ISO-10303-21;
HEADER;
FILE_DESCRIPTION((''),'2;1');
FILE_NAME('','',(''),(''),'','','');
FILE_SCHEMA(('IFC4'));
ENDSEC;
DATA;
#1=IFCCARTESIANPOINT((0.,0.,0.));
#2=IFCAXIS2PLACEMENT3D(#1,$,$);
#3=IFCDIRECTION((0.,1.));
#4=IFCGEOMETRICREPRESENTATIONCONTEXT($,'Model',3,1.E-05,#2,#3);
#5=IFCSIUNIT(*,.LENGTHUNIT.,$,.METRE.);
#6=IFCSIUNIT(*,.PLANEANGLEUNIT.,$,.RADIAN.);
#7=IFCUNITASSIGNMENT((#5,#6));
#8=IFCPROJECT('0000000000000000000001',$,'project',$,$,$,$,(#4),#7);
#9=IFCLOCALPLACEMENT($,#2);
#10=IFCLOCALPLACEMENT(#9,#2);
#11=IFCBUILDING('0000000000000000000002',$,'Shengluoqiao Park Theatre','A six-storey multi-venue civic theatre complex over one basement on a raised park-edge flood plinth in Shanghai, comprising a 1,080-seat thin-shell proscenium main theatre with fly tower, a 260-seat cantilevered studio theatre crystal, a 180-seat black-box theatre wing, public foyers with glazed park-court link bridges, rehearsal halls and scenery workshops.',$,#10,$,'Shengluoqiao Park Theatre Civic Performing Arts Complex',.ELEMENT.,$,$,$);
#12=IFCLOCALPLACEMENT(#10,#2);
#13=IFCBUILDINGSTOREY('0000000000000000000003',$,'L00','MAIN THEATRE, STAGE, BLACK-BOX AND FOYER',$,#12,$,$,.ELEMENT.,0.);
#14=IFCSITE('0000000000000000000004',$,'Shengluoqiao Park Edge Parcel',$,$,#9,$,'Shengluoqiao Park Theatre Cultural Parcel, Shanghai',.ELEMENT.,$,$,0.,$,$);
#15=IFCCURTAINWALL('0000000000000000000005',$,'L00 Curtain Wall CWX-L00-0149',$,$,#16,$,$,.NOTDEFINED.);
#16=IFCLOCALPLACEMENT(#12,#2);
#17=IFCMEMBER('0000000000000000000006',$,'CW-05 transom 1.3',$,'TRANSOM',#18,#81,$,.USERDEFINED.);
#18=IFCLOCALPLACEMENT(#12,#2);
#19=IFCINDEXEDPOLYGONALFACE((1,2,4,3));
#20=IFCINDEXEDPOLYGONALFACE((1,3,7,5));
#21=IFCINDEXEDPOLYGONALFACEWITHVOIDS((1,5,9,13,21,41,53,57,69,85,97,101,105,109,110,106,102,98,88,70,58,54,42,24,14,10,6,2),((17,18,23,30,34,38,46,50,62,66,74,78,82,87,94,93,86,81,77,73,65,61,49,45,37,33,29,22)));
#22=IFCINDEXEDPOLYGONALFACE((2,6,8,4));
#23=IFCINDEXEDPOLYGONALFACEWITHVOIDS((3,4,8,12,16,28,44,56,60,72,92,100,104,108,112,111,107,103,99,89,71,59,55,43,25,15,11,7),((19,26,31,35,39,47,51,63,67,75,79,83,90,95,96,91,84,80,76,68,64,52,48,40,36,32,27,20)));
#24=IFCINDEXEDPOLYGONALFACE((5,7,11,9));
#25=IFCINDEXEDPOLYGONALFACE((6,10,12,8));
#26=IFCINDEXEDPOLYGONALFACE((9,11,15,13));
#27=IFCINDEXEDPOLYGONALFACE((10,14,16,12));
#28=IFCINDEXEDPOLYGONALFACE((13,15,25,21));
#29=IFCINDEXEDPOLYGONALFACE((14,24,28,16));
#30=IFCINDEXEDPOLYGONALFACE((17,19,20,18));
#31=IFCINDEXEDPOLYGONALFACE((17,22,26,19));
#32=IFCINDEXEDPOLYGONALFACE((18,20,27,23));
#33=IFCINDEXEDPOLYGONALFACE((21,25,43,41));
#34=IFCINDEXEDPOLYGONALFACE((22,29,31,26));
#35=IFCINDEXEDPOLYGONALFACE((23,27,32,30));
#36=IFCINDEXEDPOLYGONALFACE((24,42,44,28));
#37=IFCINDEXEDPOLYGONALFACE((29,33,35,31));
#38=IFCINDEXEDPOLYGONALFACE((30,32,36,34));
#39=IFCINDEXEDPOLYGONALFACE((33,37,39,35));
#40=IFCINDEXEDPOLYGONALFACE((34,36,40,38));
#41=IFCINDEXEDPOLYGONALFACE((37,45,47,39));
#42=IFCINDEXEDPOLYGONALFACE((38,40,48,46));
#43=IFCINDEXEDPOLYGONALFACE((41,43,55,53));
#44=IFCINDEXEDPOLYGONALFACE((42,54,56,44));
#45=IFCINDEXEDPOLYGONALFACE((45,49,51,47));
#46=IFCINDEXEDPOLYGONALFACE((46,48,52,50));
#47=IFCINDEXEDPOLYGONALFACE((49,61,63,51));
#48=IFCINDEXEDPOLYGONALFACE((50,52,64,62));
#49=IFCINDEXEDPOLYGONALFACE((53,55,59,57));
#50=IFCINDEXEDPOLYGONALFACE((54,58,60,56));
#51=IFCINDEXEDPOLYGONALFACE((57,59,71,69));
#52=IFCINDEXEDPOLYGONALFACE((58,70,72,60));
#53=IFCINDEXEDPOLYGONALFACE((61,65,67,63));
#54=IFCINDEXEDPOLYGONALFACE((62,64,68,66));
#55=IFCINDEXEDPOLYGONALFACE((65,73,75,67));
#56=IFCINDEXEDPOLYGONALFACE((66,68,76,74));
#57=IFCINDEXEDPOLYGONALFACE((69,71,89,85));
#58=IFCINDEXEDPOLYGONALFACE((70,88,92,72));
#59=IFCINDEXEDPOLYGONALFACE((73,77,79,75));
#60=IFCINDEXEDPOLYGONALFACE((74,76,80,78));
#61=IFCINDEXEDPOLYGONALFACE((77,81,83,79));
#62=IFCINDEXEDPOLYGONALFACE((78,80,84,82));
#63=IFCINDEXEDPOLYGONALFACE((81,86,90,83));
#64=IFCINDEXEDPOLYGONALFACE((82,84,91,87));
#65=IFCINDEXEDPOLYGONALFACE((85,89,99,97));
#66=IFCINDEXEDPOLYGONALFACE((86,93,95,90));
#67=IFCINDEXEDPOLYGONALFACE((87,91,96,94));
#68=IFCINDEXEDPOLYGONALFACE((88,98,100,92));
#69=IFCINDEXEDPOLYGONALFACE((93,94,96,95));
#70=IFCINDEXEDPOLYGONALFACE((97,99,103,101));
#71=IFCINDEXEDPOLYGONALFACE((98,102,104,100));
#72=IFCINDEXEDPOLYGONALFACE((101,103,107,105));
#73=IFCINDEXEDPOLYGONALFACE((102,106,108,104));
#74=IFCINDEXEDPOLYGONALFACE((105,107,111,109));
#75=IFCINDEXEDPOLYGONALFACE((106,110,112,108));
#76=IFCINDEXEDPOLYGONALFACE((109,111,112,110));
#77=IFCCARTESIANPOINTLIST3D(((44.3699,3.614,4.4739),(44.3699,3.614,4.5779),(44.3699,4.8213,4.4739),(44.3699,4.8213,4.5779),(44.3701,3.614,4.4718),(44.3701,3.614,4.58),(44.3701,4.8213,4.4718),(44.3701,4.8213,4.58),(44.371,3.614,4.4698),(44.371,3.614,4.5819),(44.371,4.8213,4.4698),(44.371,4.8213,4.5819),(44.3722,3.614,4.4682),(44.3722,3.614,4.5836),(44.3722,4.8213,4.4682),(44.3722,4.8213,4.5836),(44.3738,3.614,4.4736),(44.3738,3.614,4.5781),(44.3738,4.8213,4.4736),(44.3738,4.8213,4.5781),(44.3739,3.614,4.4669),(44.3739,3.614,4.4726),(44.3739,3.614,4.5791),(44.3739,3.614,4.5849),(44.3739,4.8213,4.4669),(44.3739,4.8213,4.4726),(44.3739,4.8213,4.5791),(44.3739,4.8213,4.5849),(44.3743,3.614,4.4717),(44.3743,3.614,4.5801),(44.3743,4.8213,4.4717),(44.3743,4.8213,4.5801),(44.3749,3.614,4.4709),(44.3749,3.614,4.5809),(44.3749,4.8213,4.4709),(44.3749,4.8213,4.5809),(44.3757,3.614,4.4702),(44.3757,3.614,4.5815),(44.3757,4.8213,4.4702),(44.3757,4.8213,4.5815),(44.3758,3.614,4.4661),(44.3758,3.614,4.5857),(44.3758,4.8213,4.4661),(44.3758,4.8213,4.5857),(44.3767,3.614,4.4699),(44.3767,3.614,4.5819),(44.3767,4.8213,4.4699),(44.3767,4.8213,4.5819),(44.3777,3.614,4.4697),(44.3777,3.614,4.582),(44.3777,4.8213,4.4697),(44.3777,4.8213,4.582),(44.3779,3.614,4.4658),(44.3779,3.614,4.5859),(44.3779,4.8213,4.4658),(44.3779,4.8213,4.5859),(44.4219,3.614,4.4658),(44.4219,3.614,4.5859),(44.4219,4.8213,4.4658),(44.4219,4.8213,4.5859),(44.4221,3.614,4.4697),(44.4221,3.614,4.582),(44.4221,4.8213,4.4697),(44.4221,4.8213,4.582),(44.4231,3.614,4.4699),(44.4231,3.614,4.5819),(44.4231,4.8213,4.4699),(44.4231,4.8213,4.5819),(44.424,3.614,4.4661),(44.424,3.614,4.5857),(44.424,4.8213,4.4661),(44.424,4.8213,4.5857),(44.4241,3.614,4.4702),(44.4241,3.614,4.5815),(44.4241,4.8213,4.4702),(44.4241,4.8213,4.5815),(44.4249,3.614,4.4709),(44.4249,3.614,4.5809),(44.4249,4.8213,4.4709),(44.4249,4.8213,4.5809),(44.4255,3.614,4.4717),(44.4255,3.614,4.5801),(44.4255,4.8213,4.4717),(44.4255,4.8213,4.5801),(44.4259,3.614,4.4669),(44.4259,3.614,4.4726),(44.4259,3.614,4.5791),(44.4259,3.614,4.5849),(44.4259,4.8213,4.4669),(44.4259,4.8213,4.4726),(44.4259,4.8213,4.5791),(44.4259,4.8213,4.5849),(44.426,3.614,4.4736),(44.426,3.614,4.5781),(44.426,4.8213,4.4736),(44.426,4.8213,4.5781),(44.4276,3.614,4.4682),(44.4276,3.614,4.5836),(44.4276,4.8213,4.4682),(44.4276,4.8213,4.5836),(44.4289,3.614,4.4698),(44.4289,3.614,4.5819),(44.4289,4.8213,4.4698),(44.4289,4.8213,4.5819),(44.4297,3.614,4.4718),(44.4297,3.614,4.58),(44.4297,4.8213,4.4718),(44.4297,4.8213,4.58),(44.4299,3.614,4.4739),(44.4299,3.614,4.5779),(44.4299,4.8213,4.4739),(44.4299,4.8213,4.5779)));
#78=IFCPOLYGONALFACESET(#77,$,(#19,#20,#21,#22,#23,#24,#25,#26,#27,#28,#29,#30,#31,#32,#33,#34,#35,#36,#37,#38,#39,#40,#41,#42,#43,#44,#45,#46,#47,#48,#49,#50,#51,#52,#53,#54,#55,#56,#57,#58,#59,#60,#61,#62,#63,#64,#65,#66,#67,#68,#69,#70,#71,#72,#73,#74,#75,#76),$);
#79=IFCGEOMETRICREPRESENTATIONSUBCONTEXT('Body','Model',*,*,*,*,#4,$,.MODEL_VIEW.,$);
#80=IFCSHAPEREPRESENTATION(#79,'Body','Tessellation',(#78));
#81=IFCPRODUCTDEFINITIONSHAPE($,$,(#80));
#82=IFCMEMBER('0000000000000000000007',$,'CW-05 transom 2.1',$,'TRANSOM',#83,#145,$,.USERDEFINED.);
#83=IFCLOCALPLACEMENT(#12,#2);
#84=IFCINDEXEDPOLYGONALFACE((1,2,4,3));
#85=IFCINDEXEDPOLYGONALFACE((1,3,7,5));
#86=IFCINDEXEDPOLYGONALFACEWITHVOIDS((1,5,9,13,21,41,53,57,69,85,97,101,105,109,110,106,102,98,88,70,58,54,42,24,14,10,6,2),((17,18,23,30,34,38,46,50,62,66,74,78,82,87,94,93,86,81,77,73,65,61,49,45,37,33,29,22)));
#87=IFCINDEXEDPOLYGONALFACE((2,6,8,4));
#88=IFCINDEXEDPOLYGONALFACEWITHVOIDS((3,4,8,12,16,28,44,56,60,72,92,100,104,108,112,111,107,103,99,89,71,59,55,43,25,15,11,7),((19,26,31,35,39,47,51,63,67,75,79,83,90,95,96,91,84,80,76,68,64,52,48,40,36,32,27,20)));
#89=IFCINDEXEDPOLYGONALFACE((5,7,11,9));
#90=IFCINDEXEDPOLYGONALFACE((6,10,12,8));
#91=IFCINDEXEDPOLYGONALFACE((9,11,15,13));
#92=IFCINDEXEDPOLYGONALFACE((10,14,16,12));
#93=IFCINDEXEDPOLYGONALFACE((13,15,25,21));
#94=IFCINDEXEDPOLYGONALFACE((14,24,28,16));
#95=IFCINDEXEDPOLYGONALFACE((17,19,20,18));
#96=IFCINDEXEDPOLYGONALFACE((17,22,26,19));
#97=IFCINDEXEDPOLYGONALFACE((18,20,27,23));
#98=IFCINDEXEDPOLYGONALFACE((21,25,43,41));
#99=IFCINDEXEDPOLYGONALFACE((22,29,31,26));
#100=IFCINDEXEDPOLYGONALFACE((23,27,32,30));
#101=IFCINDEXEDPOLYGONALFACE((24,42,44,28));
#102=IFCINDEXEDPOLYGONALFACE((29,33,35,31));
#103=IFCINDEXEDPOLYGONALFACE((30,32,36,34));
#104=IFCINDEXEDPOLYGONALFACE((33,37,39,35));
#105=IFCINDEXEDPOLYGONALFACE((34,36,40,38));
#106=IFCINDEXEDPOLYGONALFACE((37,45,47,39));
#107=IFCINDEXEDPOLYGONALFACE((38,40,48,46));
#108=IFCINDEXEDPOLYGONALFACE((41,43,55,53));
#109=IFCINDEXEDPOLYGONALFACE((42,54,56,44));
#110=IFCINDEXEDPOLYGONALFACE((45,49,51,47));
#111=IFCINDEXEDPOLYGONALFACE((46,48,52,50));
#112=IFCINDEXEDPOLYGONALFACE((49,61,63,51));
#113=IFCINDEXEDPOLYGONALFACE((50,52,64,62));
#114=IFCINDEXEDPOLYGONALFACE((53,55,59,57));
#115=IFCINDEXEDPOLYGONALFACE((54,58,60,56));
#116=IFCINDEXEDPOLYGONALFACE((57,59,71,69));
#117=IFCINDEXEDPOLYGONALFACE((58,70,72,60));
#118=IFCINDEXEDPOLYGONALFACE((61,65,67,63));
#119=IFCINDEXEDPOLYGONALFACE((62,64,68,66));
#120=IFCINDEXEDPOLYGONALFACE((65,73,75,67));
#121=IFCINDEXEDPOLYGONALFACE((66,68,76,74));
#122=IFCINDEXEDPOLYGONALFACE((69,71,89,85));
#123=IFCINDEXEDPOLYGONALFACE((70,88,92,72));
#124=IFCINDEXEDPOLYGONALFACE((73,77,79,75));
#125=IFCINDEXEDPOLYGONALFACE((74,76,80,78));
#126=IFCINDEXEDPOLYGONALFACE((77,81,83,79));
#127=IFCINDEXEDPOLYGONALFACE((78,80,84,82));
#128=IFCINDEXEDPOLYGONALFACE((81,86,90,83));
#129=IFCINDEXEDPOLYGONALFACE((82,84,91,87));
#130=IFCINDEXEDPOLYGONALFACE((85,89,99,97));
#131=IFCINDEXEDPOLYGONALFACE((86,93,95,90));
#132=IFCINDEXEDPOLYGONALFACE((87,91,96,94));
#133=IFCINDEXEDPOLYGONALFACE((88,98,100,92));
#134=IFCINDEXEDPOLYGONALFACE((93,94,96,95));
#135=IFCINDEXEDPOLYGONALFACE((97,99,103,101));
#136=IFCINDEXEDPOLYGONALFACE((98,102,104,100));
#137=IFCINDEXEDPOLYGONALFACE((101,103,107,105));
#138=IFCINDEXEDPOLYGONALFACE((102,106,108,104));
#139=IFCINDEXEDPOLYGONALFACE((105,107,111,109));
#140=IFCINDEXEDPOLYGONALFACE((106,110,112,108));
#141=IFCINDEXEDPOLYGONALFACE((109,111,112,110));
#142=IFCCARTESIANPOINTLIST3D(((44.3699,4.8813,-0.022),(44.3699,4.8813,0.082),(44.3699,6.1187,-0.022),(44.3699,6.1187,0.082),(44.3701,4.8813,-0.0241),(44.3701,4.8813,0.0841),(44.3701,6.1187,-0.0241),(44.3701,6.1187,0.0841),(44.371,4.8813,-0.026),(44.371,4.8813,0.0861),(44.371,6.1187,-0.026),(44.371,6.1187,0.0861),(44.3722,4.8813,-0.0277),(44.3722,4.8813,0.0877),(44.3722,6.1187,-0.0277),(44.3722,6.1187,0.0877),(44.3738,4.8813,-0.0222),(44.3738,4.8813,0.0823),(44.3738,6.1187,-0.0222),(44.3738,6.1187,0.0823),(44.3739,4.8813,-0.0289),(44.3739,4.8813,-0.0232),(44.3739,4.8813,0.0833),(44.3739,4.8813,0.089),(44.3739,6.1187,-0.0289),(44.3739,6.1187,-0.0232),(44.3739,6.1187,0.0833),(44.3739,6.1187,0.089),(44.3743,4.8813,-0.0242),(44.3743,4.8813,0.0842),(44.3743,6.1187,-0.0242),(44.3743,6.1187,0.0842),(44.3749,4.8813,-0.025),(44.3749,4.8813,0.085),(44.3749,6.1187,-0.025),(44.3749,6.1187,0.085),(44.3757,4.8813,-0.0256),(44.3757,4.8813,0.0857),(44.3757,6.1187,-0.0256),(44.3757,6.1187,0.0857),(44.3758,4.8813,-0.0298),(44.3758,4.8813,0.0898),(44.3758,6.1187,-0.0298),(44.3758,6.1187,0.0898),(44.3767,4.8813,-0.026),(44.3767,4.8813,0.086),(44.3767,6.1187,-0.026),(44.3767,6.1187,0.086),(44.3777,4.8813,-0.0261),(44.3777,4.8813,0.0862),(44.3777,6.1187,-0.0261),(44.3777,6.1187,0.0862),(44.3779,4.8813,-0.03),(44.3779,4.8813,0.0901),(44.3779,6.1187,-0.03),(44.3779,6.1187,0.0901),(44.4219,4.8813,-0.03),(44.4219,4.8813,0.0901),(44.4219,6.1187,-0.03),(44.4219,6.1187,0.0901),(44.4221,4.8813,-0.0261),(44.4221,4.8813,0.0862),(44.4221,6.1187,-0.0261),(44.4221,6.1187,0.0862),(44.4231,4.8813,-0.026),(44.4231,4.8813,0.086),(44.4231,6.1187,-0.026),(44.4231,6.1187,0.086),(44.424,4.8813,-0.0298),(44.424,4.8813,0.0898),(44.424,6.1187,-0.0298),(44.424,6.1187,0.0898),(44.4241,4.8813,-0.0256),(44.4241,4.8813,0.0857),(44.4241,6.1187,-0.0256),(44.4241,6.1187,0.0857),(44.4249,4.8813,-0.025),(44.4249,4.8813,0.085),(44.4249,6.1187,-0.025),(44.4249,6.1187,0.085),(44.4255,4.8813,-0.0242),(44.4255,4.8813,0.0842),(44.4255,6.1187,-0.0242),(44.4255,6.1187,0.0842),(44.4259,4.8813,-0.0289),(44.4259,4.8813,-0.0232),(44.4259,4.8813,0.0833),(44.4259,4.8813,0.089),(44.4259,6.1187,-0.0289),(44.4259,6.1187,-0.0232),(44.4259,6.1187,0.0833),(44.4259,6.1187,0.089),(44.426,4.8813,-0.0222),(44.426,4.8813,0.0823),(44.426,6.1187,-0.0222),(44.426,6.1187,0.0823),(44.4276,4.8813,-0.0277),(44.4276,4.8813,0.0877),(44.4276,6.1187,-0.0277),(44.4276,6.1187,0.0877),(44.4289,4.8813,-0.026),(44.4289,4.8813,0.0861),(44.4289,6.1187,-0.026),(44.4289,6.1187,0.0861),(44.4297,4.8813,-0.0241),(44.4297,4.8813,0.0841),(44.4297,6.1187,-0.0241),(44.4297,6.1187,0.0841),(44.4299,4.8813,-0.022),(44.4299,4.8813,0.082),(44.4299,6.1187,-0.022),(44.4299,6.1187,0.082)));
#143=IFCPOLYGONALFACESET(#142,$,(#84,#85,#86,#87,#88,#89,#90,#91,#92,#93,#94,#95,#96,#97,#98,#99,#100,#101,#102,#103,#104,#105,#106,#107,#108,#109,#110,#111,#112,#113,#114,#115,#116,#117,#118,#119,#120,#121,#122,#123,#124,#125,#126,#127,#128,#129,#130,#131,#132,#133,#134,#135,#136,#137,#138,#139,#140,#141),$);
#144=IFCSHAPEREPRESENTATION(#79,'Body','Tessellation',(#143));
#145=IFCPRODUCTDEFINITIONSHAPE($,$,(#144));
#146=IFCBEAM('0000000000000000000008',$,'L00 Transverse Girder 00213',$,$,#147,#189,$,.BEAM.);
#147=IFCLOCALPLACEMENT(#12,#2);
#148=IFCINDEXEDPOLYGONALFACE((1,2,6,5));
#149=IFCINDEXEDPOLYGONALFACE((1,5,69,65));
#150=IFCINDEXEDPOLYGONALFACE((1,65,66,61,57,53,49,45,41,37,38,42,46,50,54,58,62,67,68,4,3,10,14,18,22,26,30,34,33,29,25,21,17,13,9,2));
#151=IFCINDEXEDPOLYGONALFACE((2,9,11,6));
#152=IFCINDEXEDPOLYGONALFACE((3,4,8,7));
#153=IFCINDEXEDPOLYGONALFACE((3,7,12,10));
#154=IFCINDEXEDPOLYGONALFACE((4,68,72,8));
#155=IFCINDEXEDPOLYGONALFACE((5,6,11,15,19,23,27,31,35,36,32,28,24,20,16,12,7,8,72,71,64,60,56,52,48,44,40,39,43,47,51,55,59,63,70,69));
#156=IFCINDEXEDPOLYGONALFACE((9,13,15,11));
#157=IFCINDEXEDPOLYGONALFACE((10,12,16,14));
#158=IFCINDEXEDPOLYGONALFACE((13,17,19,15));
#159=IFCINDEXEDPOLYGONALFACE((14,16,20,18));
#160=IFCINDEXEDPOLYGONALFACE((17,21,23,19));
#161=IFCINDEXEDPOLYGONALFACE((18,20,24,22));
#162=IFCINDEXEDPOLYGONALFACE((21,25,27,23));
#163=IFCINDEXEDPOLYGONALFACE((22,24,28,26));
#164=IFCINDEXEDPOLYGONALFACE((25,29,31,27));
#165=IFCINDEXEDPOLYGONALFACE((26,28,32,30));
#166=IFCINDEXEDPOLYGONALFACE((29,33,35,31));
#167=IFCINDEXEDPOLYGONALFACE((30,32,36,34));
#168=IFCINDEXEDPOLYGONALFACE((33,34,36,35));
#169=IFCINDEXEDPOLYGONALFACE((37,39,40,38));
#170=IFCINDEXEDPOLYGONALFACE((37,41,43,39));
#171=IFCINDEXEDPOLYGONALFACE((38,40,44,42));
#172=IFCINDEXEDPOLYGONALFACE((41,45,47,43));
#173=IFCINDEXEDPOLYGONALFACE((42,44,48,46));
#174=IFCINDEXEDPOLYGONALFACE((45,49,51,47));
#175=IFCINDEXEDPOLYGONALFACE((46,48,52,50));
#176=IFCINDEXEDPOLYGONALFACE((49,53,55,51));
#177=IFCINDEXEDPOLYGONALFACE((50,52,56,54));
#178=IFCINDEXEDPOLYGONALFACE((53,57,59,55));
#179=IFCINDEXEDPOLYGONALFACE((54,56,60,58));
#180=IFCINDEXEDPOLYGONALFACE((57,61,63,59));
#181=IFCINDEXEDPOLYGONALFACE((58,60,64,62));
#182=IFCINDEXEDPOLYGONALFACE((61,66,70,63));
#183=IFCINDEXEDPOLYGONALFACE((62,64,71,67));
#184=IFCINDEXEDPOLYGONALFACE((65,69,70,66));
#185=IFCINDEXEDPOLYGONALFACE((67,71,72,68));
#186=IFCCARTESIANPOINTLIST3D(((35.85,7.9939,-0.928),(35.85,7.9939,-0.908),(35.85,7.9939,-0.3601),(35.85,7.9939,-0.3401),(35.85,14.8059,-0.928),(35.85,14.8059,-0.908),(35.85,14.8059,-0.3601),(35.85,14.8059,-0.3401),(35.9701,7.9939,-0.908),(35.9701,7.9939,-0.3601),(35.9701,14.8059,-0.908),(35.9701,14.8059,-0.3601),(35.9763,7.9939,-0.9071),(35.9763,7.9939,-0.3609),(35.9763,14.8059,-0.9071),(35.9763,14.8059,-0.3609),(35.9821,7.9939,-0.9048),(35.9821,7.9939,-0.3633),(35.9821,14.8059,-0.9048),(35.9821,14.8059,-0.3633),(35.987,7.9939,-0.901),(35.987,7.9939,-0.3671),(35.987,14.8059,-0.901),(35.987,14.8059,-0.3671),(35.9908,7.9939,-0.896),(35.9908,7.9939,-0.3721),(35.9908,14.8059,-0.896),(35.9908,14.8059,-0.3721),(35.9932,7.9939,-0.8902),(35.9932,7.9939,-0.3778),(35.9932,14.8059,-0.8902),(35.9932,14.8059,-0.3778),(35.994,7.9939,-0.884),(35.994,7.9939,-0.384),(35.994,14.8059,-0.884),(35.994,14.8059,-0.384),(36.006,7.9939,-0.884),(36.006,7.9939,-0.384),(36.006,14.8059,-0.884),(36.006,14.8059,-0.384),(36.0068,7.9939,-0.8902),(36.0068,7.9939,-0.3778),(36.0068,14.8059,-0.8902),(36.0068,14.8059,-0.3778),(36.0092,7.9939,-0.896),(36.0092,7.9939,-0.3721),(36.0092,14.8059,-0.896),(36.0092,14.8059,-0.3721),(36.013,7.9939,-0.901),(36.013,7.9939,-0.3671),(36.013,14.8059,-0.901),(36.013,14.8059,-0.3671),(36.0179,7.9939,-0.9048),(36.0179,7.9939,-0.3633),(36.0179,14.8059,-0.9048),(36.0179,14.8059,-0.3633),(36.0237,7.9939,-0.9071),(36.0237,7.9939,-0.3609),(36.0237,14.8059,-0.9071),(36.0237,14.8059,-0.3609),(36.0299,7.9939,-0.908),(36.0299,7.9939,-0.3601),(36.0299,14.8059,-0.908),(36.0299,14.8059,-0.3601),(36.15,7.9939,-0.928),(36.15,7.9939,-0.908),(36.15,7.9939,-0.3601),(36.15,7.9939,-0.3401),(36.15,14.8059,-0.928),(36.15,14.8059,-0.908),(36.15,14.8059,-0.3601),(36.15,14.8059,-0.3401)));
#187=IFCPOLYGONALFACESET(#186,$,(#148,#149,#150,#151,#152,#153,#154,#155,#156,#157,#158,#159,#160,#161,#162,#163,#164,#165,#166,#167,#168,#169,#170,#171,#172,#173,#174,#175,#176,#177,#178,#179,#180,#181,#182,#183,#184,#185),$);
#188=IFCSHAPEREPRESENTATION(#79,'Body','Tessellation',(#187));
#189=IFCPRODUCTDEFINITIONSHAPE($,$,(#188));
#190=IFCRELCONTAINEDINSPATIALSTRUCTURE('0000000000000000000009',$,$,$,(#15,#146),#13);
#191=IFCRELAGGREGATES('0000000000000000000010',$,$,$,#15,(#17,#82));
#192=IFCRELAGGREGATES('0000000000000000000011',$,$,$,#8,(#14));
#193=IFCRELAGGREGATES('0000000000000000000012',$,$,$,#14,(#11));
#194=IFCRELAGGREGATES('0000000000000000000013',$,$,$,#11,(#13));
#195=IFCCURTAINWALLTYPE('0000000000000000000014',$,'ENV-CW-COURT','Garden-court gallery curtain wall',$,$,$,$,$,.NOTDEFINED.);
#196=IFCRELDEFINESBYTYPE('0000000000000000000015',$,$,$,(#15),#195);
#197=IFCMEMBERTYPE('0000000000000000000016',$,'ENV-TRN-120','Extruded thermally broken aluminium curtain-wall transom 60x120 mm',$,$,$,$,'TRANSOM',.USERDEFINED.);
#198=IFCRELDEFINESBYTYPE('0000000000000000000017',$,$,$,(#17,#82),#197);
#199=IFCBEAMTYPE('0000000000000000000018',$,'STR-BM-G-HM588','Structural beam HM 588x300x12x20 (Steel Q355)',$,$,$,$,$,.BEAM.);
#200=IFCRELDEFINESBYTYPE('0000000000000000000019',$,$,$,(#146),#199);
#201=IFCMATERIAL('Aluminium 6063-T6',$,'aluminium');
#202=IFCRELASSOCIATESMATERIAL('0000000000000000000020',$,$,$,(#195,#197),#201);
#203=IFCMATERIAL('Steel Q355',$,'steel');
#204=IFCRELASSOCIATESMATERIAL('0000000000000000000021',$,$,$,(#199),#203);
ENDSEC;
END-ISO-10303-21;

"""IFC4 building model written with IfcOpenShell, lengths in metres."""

from ifc_helpers import new_model, si_unit, direction, frame, origin, origin_2d, place, context, subcontext, project, spatial, hollow_rectangle, i_section, extrude, material, material_profile, profile_set, type_object, element, aggregate, save


model = new_model("IFC4")

# Units and contexts
model_context = context("Model", 3, precision=1e-05, world=origin(), true_north=direction((0.0, 1.0)))
body_context = subcontext(model_context, "Body", "Model", "MODEL_VIEW")
ifc_project = project(units=[si_unit("LENGTHUNIT", "METRE"), si_unit("PLANEANGLEUNIT", "RADIAN")], contexts=[model_context])

# Site, building, storey
site_placement = place(None, origin())
site = spatial("IfcSite", under=ifc_project, at=site_placement, Name="Shengluoqiao Park Edge Parcel", LongName="Shengluoqiao Park Theatre Cultural Parcel, Shanghai", CompositionType="ELEMENT", RefElevation=0.0)
building_placement = place(site_placement, origin())
building = spatial("IfcBuilding", under=site, at=building_placement, Name="Shengluoqiao Park Theatre", Description="A six-storey multi-venue civic theatre complex over one basement on a raised park-edge flood plinth in Shanghai, comprising a 1,080-seat thin-shell proscenium main theatre with fly tower, a 260-seat cantilevered studio theatre crystal, a 180-seat black-box theatre wing, public foyers with glazed park-court link bridges, rehearsal halls and scenery workshops.", LongName="Shengluoqiao Park Theatre Civic Performing Arts Complex", CompositionType="ELEMENT")
storey_placement = place(building_placement, origin())
storey = spatial("IfcBuildingStorey", under=building, at=storey_placement, Name="L00", Description="MAIN THEATRE, STAGE, BLACK-BOX AND FOYER", CompositionType="ELEMENT", Elevation=0.0)

# Shared definitions
ifc_material_1 = material(Name="Steel Q355", Category="steel")

# Curtain wall, members
ifc_material_2 = material(Name="Aluminium 6063-T6", Category="aluminium")
curtain_wall_type = type_object("IfcCurtainWallType", Name="ENV-CW-COURT", Description="Garden-court gallery curtain wall", PredefinedType="NOTDEFINED", material=ifc_material_2)
curtain_wall_placement = place(storey_placement, origin())
curtain_wall = element("IfcCurtainWall", 1, at=curtain_wall_placement, inside=storey, type_object=curtain_wall_type, Name="L00 Curtain Wall CWX-L00-0149", PredefinedType="NOTDEFINED")
ifc_material_profile_1 = material_profile(ifc_material_2, hollow_rectangle(XDim=0.0601, YDim=0.1201, WallThickness=0.0039, InnerFilletRadius=0.0039, OuterFilletRadius=0.0081, at=origin_2d()), Name="ALU TRANSOM 120x60x4")
ifc_profile_set_1 = profile_set([ifc_material_profile_1], Name="Aluminium 6063-T6")
member_type_1 = type_object("IfcMemberType", Name="ENV-TRN-120", Description="Extruded thermally broken aluminium curtain-wall transom 60x120 mm", ElementType="TRANSOM", PredefinedType="USERDEFINED", material=ifc_profile_set_1)
member_1_placement = place(storey_placement, frame((44.3999, 3.614, 4.5259), z_axis=(0.0, 1.0, 0.0), x_axis=(-1.0, 0.0, 0.0)))
member_1 = element("IfcMember", 2, at=member_1_placement, type_object=member_type_1, Name="CW-05 transom 1.3", ObjectType="TRANSOM", PredefinedType="USERDEFINED", context=body_context, shape_type="SweptSolid", body=[
    extrude(hollow_rectangle(XDim=0.0601, YDim=0.1201, WallThickness=0.0039, InnerFilletRadius=0.0039, OuterFilletRadius=0.0081, at=origin_2d()), origin(), (0.0, 0.0, 1.0), 1.2073),
])
member_2_placement = place(storey_placement, frame((44.3999, 4.8813, 0.03), z_axis=(0.0, 1.0, 0.0), x_axis=(-1.0, 0.0, 0.0)))
member_2 = element("IfcMember", 3, at=member_2_placement, type_object=member_type_1, Name="CW-05 transom 2.1", ObjectType="TRANSOM", PredefinedType="USERDEFINED", context=body_context, shape_type="SweptSolid", body=[
    extrude(hollow_rectangle(XDim=0.0601, YDim=0.1201, WallThickness=0.0039, InnerFilletRadius=0.0039, OuterFilletRadius=0.0081, at=origin_2d()), origin(), (0.0, 0.0, 1.0), 1.2373),
])

# Beam
ifc_material_profile_2 = material_profile(ifc_material_1, i_section(OverallWidth=0.3, OverallDepth=0.5879, WebThickness=0.012, FlangeThickness=0.02, FilletRadius=0.0239, at=origin_2d()), Name="HM 588x300x12x20")
ifc_profile_set_2 = profile_set([ifc_material_profile_2], Name="Steel Q355")
beam_type_1 = type_object("IfcBeamType", Name="STR-BM-G-HM588", Description="Structural beam HM 588x300x12x20 (Steel Q355)", PredefinedType="BEAM", material=ifc_profile_set_2)
beam_1_placement = place(storey_placement, frame((36.0, 7.9939, -0.634), z_axis=(0.0, 1.0, 0.0), x_axis=(-1.0, 0.0, 0.0)))
element("IfcBeam", 4, at=beam_1_placement, inside=storey, type_object=beam_type_1, Name="L00 Transverse Girder 00213", PredefinedType="BEAM", context=body_context, shape_type="SweptSolid", body=[
    extrude(i_section(OverallWidth=0.3, OverallDepth=0.5879, WebThickness=0.012, FlangeThickness=0.02, FilletRadius=0.0239, at=origin_2d()), origin(), (0.0, 0.0, 1.0), 6.812),
])

aggregate(curtain_wall, [member_1, member_2])

save(model, "model.ifc")
